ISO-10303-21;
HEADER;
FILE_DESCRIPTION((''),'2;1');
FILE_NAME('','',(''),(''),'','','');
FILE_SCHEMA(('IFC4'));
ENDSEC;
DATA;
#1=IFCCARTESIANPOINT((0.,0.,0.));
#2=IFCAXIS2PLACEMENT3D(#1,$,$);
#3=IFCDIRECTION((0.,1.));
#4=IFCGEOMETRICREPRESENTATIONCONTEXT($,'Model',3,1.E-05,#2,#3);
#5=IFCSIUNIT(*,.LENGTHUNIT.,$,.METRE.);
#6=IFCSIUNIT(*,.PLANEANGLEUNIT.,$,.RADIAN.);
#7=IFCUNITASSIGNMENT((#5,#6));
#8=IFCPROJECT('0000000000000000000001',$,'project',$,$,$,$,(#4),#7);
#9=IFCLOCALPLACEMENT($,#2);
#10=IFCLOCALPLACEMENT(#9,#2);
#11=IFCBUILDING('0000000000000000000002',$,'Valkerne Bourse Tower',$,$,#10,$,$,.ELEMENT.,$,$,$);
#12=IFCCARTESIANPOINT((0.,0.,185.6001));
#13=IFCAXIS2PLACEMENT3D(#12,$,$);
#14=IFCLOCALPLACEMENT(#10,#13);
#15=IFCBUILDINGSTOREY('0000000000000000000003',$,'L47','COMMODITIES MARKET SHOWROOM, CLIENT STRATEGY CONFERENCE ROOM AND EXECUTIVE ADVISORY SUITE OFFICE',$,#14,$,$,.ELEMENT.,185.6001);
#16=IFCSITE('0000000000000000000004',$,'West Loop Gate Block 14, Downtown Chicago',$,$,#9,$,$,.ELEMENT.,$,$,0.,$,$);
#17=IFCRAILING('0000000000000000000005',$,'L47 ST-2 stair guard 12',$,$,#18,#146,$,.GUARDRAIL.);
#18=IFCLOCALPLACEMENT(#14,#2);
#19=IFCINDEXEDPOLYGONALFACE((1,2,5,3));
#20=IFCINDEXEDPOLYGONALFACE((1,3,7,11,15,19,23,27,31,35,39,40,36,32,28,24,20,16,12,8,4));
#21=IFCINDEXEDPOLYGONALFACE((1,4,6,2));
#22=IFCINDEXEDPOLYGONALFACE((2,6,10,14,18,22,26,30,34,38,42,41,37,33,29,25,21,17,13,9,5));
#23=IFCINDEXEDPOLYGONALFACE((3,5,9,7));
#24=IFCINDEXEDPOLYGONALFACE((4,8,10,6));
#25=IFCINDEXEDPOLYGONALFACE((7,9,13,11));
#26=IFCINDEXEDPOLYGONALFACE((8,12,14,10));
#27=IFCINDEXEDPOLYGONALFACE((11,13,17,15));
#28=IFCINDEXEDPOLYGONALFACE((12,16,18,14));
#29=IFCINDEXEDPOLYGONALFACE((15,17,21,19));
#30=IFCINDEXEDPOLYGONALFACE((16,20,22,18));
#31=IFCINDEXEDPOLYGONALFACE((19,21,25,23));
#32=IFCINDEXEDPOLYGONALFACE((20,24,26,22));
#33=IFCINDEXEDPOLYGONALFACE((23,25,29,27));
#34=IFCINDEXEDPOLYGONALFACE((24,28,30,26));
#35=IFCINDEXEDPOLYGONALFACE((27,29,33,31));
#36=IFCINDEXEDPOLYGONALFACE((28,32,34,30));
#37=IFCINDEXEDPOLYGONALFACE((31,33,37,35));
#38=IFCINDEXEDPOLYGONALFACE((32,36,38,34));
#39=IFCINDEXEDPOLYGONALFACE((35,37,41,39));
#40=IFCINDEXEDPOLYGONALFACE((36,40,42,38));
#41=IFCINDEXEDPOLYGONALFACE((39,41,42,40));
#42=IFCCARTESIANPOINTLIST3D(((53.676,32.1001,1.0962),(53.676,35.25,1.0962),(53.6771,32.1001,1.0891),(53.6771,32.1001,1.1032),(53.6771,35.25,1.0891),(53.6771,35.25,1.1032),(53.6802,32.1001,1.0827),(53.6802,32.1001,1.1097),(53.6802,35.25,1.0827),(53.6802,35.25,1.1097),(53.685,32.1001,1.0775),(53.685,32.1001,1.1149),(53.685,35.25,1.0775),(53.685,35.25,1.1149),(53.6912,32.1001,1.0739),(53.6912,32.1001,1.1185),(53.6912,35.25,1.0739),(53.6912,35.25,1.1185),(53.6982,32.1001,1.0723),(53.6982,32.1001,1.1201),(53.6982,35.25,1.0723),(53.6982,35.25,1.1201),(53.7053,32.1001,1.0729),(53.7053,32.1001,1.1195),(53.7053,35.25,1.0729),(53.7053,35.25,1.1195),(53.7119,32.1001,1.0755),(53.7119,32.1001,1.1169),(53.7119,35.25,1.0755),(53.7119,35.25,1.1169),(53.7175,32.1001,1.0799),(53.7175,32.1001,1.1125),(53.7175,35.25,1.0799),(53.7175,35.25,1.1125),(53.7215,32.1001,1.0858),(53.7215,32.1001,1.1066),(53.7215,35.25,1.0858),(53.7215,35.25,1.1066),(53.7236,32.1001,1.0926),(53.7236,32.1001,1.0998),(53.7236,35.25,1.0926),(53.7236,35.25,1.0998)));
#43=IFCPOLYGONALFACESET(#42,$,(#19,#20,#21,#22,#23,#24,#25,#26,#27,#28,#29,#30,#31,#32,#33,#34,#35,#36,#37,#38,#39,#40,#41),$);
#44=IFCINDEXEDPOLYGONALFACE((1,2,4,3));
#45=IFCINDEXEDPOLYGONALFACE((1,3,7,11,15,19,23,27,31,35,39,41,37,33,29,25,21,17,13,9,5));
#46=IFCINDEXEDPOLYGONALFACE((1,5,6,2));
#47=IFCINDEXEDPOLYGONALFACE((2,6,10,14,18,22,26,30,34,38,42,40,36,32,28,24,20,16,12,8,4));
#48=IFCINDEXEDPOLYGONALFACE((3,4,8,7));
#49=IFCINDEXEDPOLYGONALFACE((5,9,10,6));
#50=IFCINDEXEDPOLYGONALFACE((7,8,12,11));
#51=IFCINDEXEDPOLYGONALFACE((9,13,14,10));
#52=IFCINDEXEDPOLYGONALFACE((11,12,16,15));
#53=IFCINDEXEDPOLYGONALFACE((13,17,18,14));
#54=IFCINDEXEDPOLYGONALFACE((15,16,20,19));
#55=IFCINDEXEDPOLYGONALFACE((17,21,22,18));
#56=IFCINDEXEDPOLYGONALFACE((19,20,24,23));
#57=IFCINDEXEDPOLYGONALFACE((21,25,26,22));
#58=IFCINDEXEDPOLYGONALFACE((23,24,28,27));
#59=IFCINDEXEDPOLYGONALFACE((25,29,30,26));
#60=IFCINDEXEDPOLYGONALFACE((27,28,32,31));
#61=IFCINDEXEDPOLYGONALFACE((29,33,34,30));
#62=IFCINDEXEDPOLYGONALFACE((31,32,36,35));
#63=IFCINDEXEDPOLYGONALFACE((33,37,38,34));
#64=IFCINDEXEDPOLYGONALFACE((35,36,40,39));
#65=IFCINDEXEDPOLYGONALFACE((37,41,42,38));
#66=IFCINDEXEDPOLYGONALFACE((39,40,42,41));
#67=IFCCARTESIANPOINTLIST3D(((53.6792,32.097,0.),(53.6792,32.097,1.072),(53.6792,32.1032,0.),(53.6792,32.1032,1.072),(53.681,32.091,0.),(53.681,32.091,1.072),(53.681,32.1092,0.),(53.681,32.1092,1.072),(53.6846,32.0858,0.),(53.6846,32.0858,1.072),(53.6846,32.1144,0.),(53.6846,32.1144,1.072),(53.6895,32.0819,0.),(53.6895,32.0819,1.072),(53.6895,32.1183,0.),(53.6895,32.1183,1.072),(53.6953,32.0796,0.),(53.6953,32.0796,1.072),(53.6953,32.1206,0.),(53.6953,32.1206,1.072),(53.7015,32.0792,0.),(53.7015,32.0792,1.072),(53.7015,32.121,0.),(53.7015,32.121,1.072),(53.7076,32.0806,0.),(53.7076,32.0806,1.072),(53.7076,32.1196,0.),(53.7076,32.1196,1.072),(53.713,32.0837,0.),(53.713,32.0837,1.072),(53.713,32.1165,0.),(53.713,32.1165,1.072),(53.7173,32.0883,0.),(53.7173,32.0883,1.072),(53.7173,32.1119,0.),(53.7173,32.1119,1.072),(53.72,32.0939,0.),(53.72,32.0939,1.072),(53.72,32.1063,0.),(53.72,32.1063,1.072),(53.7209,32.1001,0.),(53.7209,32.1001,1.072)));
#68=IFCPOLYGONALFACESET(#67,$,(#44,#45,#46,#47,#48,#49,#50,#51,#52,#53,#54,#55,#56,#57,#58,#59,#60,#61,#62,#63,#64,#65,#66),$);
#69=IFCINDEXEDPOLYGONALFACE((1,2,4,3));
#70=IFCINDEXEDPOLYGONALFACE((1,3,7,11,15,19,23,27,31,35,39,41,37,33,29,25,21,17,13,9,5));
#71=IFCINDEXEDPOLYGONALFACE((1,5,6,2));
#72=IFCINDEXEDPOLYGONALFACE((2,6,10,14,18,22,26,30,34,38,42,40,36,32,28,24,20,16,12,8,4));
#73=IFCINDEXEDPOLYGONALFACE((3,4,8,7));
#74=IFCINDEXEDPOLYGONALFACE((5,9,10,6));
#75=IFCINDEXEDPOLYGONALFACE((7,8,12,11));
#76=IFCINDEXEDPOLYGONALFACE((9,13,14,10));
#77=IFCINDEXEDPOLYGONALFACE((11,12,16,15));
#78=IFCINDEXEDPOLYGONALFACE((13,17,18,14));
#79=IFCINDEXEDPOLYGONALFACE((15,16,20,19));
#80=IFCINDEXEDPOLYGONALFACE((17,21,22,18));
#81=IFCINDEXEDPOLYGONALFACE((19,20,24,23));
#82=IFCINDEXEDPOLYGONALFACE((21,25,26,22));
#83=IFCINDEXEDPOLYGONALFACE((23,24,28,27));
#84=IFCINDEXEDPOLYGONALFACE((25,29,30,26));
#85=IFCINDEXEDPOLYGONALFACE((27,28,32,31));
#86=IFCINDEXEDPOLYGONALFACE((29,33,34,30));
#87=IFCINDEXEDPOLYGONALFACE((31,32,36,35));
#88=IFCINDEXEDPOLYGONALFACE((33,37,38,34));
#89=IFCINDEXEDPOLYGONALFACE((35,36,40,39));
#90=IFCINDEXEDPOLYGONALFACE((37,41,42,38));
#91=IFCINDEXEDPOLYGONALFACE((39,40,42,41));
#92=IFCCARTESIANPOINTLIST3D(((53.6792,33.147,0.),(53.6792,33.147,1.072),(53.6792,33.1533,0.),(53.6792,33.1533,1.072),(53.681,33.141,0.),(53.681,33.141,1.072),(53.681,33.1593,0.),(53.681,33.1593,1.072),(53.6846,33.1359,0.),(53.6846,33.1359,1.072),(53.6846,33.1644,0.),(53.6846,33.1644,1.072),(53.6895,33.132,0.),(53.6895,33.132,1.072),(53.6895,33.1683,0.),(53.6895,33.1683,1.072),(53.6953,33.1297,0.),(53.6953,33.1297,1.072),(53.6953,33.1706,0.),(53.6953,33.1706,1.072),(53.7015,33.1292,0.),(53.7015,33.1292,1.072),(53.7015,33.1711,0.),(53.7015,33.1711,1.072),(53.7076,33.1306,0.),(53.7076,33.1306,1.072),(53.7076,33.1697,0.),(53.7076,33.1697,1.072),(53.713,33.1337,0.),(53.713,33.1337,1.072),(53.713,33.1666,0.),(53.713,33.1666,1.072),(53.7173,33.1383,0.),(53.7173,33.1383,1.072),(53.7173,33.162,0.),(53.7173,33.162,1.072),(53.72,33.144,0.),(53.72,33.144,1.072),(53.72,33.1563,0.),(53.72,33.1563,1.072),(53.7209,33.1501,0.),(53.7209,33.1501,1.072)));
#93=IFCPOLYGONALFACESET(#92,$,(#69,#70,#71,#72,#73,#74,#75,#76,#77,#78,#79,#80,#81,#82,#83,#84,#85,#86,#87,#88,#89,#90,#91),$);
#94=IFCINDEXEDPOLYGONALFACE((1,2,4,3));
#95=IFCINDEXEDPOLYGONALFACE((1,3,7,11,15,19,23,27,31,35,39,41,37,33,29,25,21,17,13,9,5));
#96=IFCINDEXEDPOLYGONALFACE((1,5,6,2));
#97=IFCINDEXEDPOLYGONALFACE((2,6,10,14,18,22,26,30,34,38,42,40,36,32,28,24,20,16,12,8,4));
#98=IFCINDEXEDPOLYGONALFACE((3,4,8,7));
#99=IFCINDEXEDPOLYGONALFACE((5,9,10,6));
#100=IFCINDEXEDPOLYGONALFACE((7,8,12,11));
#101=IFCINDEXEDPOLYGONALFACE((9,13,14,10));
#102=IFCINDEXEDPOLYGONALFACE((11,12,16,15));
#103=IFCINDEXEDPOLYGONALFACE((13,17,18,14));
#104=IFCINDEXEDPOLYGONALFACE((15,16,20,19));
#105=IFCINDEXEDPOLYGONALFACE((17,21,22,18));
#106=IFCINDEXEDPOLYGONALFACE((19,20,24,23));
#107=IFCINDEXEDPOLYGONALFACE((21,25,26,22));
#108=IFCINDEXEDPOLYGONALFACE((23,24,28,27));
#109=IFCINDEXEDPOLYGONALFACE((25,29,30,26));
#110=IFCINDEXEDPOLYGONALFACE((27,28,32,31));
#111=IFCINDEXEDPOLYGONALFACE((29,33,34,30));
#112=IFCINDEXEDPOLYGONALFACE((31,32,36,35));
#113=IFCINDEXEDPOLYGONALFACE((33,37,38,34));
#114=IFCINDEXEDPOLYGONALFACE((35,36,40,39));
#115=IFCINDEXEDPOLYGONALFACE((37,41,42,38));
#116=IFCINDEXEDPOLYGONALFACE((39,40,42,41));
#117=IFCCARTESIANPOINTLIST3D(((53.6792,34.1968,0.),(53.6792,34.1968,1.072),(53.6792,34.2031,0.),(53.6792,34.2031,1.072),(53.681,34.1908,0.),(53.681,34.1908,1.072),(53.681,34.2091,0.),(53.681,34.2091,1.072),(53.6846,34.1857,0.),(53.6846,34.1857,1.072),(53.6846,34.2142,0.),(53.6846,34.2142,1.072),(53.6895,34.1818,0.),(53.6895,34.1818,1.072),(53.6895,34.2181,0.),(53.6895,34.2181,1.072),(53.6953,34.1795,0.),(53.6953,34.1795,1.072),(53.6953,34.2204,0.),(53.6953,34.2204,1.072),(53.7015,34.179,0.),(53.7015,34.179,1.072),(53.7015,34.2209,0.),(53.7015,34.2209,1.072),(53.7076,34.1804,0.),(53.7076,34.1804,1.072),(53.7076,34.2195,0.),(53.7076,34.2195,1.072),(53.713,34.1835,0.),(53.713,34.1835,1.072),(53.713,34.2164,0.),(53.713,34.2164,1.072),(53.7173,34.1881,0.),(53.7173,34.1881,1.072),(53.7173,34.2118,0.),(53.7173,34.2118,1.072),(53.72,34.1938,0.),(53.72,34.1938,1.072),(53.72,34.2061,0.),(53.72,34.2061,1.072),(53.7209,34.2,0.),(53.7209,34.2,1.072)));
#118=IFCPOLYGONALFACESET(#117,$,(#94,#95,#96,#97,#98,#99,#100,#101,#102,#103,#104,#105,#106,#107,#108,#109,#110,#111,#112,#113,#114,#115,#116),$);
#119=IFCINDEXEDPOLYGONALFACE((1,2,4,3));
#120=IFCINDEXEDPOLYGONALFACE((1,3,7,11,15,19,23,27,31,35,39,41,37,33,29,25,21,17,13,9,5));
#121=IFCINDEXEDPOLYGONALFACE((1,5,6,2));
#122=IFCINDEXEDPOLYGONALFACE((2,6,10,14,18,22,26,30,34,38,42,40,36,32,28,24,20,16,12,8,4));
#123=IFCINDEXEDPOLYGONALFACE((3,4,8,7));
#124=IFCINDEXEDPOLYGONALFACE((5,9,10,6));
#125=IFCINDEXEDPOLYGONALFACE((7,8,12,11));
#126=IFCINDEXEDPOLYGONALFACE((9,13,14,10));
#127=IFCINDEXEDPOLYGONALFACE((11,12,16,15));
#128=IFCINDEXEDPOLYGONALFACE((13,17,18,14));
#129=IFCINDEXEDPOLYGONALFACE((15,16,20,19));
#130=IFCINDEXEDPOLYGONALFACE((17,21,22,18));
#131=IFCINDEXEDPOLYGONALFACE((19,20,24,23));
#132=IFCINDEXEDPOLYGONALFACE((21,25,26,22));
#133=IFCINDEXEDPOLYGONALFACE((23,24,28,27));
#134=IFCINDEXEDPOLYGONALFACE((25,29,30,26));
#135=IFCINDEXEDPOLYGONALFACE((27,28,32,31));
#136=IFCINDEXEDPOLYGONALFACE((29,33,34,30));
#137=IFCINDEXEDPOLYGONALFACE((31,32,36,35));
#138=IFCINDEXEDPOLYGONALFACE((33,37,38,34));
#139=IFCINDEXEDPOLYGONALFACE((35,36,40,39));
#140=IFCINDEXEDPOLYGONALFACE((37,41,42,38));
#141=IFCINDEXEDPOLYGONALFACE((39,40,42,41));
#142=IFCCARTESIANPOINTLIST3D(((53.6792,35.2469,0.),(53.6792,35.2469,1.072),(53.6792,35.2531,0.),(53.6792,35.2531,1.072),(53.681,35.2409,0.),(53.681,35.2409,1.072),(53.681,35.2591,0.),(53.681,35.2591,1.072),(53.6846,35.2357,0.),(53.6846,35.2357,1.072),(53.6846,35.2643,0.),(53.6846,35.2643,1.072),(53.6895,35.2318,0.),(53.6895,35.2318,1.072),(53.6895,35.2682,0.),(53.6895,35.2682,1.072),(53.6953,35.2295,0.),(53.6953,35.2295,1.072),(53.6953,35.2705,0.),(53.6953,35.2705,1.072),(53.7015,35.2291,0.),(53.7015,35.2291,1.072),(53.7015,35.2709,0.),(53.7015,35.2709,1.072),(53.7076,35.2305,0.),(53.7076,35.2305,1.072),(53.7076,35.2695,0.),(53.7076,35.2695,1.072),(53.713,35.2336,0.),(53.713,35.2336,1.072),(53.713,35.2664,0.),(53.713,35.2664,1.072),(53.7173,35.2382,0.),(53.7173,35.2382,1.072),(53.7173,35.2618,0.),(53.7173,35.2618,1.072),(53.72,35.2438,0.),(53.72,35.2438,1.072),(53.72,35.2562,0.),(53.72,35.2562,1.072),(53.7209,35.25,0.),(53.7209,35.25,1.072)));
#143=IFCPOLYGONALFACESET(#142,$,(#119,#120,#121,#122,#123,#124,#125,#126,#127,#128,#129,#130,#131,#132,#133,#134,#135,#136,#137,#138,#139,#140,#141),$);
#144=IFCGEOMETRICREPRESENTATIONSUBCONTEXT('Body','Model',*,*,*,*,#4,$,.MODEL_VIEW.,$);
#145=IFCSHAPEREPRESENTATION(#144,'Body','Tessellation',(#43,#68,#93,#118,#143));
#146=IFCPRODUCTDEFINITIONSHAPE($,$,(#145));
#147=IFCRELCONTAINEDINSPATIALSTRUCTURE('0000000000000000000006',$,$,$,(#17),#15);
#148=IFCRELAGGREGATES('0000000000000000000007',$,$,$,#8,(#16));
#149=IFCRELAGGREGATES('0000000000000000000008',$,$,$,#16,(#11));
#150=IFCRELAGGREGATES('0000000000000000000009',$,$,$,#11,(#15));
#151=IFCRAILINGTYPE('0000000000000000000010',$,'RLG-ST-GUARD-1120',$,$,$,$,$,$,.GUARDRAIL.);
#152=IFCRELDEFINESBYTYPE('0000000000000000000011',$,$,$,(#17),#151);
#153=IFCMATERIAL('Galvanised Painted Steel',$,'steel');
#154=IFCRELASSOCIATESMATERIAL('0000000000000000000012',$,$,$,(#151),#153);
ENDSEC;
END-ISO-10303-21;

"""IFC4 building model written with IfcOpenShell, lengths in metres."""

from ifc_helpers import new_model, si_unit, direction, frame, origin, origin_2d, place, context, subcontext, project, spatial, circle, extrude, material, type_object, element, save


model = new_model("IFC4")

# Units and contexts
model_context = context("Model", 3, precision=1e-05, world=origin(), true_north=direction((0.0, 1.0)))
body_context = subcontext(model_context, "Body", "Model", "MODEL_VIEW")
ifc_project = project(units=[si_unit("LENGTHUNIT", "METRE"), si_unit("PLANEANGLEUNIT", "RADIAN")], contexts=[model_context])

# Site, building, storey
site_placement = place(None, origin())
site = spatial("IfcSite", under=ifc_project, at=site_placement, Name="West Loop Gate Block 14, Downtown Chicago", CompositionType="ELEMENT", RefElevation=0.0)
building_placement = place(site_placement, origin())
building = spatial("IfcBuilding", under=site, at=building_placement, Name="Valkerne Bourse Tower", CompositionType="ELEMENT")
storey_placement = place(building_placement, frame((0.0, 0.0, 185.6001)))
storey = spatial("IfcBuildingStorey", under=building, at=storey_placement, Name="L47", Description="COMMODITIES MARKET SHOWROOM, CLIENT STRATEGY CONFERENCE ROOM AND EXECUTIVE ADVISORY SUITE OFFICE", CompositionType="ELEMENT", Elevation=185.6001)

# Railing
ifc_material_1 = material(Name="Galvanised Painted Steel", Category="steel")
railing_type = type_object("IfcRailingType", Name="RLG-ST-GUARD-1120", PredefinedType="GUARDRAIL", material=ifc_material_1)
railing_1_placement = place(storey_placement, frame((53.7, 32.1001, 0.0)))
element("IfcRailing", 1, at=railing_1_placement, inside=storey, type_object=railing_type, Name="L47 ST-2 stair guard 12", PredefinedType="GUARDRAIL", context=body_context, shape_type="SweptSolid", body=[
    extrude(circle(Radius=0.0239, at=origin_2d()), frame((0.0, 0.0, 1.0962), z_axis=(0.0, 1.0, 0.0), x_axis=(-1.0, 0.0, 0.0)), (0.0, 0.0, 1.0), 3.1499),
    extrude(circle(Radius=0.021, at=origin_2d()), origin(), (0.0, 0.0, 1.0), 1.072),
    extrude(circle(Radius=0.021, at=origin_2d()), frame((0.0, 1.05, 0.0)), (0.0, 0.0, 1.0), 1.072),
    extrude(circle(Radius=0.021, at=origin_2d()), frame((0.0, 2.0999, 0.0)), (0.0, 0.0, 1.0), 1.072),
    extrude(circle(Radius=0.021, at=origin_2d()), frame((0.0, 3.1499, 0.0)), (0.0, 0.0, 1.0), 1.072),
])

save(model, "model.ifc")
